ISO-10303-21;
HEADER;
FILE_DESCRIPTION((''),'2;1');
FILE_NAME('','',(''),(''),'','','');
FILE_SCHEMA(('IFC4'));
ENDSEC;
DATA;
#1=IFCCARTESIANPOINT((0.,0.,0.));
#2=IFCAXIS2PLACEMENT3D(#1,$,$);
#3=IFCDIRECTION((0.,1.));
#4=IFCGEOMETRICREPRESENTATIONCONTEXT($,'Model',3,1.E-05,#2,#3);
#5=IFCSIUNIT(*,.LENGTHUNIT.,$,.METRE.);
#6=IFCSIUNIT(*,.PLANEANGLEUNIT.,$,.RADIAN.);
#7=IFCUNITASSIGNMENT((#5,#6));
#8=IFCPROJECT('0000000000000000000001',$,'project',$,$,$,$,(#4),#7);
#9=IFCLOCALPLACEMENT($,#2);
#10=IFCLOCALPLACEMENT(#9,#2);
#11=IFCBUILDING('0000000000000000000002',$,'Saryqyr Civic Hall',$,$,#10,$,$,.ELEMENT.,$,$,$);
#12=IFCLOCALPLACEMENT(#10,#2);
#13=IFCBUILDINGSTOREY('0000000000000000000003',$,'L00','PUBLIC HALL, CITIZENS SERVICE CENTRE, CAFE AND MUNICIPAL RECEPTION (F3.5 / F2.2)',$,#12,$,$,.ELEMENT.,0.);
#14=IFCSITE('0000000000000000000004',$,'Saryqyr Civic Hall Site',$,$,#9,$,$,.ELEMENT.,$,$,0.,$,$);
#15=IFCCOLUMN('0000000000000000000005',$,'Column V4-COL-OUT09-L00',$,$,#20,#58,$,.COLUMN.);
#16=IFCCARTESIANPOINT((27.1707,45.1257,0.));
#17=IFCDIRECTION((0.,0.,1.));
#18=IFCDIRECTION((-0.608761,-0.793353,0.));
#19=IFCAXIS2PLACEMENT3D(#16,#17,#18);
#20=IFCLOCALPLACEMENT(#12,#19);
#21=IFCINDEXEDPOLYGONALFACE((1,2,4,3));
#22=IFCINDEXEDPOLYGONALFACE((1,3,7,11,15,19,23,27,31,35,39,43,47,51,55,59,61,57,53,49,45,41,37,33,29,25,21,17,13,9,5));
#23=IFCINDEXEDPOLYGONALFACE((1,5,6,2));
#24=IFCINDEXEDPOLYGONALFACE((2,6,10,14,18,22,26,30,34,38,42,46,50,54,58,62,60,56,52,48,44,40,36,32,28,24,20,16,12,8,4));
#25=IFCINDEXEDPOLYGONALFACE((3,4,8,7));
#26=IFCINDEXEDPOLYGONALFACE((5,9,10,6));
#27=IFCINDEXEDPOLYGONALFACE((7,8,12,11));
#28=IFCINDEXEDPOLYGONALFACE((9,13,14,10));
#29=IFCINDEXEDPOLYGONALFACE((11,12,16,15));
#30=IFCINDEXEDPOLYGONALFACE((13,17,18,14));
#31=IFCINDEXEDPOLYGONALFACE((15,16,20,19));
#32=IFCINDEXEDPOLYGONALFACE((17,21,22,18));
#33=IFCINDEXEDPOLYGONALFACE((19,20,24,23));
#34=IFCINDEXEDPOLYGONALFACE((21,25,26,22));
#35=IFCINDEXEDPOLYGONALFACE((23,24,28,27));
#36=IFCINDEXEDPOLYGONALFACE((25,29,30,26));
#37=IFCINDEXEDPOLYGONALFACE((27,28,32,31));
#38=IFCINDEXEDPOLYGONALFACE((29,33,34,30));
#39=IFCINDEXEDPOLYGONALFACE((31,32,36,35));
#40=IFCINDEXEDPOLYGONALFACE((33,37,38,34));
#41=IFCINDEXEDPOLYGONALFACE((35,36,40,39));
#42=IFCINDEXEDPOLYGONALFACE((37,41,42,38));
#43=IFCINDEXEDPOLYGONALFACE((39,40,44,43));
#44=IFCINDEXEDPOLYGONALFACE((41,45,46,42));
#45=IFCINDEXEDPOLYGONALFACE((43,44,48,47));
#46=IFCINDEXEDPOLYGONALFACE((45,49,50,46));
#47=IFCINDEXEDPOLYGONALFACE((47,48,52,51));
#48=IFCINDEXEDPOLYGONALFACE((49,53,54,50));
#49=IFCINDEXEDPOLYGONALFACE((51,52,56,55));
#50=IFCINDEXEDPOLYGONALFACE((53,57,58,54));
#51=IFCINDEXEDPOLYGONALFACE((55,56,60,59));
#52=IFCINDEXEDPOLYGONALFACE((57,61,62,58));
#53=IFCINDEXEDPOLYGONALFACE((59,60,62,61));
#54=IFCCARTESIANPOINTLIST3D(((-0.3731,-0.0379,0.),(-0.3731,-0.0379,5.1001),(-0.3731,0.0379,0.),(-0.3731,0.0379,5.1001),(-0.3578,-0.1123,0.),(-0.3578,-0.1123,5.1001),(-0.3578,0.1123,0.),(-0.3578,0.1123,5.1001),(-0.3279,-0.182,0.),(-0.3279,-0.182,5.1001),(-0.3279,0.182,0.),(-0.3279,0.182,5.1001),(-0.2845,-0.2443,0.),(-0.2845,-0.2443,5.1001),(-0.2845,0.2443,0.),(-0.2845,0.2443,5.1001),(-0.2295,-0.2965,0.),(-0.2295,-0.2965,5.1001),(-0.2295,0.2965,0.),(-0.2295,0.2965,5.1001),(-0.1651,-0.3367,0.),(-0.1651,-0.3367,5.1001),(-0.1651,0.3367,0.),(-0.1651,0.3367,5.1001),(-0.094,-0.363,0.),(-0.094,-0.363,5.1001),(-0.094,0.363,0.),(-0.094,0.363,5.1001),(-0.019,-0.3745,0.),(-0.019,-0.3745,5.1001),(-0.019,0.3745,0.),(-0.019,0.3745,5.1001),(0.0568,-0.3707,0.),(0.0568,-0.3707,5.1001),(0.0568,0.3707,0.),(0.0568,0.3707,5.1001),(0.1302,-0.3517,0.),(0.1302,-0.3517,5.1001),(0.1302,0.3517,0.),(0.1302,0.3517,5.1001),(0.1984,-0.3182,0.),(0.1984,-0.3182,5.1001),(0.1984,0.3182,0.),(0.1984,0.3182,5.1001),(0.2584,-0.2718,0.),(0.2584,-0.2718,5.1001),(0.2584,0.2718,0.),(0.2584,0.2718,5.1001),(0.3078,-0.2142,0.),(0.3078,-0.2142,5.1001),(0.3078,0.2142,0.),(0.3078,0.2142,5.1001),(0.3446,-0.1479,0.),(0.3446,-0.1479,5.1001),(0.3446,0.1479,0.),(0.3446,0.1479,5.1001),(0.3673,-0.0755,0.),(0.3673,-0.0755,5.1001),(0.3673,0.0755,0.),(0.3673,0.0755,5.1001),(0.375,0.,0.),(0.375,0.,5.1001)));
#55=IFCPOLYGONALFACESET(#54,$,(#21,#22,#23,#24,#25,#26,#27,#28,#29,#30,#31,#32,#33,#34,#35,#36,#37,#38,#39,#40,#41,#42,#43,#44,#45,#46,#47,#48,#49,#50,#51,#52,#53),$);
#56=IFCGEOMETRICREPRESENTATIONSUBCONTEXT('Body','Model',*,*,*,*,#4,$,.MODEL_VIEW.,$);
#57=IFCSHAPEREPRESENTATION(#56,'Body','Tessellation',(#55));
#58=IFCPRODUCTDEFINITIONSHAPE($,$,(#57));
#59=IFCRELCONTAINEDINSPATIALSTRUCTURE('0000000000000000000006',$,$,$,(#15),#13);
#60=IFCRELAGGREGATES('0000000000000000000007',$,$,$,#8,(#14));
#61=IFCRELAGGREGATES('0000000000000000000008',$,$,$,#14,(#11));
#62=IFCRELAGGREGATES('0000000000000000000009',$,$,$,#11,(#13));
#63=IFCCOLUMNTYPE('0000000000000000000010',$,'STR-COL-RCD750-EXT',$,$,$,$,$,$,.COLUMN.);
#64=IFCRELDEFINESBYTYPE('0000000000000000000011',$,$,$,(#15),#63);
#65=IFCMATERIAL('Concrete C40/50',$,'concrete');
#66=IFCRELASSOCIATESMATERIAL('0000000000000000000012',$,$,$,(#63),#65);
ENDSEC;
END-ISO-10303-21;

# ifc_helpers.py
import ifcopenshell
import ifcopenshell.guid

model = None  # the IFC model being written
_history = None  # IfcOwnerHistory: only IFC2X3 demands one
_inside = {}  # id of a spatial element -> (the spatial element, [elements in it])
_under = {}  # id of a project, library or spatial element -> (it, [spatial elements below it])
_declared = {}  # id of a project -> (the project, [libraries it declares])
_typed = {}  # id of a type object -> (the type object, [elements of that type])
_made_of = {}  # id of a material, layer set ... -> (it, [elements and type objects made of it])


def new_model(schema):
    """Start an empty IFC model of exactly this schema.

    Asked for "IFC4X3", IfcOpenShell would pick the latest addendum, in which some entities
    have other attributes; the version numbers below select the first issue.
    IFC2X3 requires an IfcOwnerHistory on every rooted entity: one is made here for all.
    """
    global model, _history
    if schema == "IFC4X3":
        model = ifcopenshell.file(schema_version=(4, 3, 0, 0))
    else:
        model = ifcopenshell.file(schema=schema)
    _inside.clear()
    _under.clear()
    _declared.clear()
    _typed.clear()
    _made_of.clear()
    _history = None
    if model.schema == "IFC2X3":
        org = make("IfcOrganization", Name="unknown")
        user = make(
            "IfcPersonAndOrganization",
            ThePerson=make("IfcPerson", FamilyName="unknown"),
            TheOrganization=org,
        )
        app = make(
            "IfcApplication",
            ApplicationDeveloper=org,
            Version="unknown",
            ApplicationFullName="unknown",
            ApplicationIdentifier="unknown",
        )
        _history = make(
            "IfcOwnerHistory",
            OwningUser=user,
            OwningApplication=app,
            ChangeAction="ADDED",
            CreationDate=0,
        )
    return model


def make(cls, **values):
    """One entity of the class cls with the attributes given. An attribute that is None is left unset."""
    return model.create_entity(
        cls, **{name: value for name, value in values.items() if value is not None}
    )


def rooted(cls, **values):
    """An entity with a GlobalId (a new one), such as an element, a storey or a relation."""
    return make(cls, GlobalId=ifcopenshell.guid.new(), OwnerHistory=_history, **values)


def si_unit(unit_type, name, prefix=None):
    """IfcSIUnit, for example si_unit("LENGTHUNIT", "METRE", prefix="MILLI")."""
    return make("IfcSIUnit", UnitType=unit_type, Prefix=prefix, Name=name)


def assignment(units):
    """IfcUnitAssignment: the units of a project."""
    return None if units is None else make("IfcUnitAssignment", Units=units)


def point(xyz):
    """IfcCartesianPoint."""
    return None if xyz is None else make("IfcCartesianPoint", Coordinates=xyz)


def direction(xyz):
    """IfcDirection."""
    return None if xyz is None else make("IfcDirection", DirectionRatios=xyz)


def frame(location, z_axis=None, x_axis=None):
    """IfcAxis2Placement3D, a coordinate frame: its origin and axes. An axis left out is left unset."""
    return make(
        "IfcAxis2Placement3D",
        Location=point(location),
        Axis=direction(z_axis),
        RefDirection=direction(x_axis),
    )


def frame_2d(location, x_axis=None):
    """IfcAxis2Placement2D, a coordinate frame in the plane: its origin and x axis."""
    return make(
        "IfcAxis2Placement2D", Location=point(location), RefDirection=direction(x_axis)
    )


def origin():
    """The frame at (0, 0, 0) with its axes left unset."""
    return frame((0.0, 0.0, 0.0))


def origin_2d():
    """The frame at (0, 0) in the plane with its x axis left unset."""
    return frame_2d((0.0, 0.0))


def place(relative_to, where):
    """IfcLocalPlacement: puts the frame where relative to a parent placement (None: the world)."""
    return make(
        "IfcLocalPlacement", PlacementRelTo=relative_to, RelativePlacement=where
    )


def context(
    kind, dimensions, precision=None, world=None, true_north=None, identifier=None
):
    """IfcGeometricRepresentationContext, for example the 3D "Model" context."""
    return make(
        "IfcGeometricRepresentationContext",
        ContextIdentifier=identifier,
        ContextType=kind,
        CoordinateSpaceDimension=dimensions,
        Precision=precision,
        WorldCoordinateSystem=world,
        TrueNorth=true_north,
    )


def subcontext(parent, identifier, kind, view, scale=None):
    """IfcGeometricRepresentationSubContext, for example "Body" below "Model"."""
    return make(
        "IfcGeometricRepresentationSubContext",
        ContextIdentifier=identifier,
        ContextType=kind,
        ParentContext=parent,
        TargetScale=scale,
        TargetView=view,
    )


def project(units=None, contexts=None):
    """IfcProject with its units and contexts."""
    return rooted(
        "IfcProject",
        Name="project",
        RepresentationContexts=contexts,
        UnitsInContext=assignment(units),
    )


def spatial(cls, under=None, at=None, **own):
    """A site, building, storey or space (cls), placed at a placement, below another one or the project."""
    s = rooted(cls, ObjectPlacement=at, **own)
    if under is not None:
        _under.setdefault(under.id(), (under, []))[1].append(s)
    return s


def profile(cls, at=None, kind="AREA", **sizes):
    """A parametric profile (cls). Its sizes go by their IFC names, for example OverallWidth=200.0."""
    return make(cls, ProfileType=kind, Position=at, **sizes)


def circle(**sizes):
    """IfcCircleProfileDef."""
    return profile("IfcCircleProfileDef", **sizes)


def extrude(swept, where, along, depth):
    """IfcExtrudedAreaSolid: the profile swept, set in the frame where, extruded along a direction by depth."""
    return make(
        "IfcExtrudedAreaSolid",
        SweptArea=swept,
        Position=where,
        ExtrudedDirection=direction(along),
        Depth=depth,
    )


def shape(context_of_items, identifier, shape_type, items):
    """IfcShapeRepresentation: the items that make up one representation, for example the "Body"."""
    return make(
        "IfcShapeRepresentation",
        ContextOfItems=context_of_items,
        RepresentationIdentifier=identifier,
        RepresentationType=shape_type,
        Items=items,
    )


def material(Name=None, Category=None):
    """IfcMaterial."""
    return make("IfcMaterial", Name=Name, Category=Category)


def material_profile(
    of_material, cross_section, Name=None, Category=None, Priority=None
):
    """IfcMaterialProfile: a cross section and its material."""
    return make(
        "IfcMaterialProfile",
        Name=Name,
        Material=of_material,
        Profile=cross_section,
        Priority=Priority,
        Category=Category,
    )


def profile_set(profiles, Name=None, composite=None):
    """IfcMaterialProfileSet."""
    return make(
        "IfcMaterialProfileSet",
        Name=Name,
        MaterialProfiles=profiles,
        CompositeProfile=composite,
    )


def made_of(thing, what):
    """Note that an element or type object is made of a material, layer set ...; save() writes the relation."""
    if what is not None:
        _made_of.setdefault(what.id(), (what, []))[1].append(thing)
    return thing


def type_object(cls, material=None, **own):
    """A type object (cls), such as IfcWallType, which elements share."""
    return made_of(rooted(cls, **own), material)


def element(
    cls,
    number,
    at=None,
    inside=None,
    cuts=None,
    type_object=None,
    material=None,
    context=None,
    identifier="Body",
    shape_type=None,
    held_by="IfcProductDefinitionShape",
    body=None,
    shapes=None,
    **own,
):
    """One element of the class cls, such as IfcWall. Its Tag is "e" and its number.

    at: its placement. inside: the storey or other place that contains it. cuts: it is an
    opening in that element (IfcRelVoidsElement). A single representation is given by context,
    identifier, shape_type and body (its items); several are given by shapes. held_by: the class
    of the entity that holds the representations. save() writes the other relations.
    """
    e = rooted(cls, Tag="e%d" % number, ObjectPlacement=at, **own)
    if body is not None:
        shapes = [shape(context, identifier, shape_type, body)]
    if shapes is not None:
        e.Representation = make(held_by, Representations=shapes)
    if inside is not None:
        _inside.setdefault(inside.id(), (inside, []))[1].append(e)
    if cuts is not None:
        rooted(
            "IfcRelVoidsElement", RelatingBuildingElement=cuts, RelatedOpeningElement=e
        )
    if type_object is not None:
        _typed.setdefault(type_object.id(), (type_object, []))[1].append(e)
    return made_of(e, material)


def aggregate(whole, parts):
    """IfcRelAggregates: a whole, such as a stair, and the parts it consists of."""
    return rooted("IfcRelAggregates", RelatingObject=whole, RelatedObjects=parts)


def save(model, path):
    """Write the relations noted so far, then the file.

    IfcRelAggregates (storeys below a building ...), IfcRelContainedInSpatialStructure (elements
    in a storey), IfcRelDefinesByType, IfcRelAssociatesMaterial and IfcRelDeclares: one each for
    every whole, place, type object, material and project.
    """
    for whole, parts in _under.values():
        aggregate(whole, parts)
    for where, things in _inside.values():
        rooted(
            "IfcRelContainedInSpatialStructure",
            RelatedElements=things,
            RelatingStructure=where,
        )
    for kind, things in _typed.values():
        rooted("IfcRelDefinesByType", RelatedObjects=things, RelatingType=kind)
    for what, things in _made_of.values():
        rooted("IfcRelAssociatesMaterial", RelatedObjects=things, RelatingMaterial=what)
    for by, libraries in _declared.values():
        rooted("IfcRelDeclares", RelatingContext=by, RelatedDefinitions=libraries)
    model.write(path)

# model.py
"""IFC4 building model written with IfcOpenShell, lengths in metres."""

from ifc_helpers import new_model, si_unit, direction, frame, origin, origin_2d, place, context, subcontext, project, spatial, circle, extrude, material, material_profile, profile_set, type_object, element, save


model = new_model("IFC4")

# Units and contexts
model_context = context("Model", 3, precision=1e-05, world=origin(), true_north=direction((0.0, 1.0)))
body_context = subcontext(model_context, "Body", "Model", "MODEL_VIEW")
ifc_project = project(units=[si_unit("LENGTHUNIT", "METRE"), si_unit("PLANEANGLEUNIT", "RADIAN")], contexts=[model_context])

# Site, building, storey
site_placement = place(None, origin())
site = spatial("IfcSite", under=ifc_project, at=site_placement, Name="Saryqyr Civic Hall Site", CompositionType="ELEMENT", RefElevation=0.0)
building_placement = place(site_placement, origin())
building = spatial("IfcBuilding", under=site, at=building_placement, Name="Saryqyr Civic Hall", CompositionType="ELEMENT")
storey_placement = place(building_placement, origin())
storey = spatial("IfcBuildingStorey", under=building, at=storey_placement, Name="L00", Description="PUBLIC HALL, CITIZENS SERVICE CENTRE, CAFE AND MUNICIPAL RECEPTION (F3.5 / F2.2)", CompositionType="ELEMENT", Elevation=0.0)

# Column
ifc_material_1 = material(Name="Concrete C40/50", Category="concrete")
ifc_material_profile_1 = material_profile(ifc_material_1, circle(Radius=0.375, at=origin_2d()), Name="RC D750")
ifc_profile_set_1 = profile_set([ifc_material_profile_1], Name="Concrete C40/50")
column_type = type_object("IfcColumnType", Name="STR-COL-RCD750-EXT", PredefinedType="COLUMN", material=ifc_profile_set_1)
column_placement = place(storey_placement, frame((27.1707, 45.1257, 0.0), z_axis=(0.0, 0.0, 1.0), x_axis=(-0.608761, -0.793353, 0.0)))
element("IfcColumn", 1, at=column_placement, inside=storey, type_object=column_type, Name="Column V4-COL-OUT09-L00", PredefinedType="COLUMN", context=body_context, shape_type="SweptSolid", body=[
    extrude(circle(Radius=0.375, at=origin_2d()), origin(), (0.0, 0.0, 1.0), 5.1001),
])

save(model, "model.ifc")
